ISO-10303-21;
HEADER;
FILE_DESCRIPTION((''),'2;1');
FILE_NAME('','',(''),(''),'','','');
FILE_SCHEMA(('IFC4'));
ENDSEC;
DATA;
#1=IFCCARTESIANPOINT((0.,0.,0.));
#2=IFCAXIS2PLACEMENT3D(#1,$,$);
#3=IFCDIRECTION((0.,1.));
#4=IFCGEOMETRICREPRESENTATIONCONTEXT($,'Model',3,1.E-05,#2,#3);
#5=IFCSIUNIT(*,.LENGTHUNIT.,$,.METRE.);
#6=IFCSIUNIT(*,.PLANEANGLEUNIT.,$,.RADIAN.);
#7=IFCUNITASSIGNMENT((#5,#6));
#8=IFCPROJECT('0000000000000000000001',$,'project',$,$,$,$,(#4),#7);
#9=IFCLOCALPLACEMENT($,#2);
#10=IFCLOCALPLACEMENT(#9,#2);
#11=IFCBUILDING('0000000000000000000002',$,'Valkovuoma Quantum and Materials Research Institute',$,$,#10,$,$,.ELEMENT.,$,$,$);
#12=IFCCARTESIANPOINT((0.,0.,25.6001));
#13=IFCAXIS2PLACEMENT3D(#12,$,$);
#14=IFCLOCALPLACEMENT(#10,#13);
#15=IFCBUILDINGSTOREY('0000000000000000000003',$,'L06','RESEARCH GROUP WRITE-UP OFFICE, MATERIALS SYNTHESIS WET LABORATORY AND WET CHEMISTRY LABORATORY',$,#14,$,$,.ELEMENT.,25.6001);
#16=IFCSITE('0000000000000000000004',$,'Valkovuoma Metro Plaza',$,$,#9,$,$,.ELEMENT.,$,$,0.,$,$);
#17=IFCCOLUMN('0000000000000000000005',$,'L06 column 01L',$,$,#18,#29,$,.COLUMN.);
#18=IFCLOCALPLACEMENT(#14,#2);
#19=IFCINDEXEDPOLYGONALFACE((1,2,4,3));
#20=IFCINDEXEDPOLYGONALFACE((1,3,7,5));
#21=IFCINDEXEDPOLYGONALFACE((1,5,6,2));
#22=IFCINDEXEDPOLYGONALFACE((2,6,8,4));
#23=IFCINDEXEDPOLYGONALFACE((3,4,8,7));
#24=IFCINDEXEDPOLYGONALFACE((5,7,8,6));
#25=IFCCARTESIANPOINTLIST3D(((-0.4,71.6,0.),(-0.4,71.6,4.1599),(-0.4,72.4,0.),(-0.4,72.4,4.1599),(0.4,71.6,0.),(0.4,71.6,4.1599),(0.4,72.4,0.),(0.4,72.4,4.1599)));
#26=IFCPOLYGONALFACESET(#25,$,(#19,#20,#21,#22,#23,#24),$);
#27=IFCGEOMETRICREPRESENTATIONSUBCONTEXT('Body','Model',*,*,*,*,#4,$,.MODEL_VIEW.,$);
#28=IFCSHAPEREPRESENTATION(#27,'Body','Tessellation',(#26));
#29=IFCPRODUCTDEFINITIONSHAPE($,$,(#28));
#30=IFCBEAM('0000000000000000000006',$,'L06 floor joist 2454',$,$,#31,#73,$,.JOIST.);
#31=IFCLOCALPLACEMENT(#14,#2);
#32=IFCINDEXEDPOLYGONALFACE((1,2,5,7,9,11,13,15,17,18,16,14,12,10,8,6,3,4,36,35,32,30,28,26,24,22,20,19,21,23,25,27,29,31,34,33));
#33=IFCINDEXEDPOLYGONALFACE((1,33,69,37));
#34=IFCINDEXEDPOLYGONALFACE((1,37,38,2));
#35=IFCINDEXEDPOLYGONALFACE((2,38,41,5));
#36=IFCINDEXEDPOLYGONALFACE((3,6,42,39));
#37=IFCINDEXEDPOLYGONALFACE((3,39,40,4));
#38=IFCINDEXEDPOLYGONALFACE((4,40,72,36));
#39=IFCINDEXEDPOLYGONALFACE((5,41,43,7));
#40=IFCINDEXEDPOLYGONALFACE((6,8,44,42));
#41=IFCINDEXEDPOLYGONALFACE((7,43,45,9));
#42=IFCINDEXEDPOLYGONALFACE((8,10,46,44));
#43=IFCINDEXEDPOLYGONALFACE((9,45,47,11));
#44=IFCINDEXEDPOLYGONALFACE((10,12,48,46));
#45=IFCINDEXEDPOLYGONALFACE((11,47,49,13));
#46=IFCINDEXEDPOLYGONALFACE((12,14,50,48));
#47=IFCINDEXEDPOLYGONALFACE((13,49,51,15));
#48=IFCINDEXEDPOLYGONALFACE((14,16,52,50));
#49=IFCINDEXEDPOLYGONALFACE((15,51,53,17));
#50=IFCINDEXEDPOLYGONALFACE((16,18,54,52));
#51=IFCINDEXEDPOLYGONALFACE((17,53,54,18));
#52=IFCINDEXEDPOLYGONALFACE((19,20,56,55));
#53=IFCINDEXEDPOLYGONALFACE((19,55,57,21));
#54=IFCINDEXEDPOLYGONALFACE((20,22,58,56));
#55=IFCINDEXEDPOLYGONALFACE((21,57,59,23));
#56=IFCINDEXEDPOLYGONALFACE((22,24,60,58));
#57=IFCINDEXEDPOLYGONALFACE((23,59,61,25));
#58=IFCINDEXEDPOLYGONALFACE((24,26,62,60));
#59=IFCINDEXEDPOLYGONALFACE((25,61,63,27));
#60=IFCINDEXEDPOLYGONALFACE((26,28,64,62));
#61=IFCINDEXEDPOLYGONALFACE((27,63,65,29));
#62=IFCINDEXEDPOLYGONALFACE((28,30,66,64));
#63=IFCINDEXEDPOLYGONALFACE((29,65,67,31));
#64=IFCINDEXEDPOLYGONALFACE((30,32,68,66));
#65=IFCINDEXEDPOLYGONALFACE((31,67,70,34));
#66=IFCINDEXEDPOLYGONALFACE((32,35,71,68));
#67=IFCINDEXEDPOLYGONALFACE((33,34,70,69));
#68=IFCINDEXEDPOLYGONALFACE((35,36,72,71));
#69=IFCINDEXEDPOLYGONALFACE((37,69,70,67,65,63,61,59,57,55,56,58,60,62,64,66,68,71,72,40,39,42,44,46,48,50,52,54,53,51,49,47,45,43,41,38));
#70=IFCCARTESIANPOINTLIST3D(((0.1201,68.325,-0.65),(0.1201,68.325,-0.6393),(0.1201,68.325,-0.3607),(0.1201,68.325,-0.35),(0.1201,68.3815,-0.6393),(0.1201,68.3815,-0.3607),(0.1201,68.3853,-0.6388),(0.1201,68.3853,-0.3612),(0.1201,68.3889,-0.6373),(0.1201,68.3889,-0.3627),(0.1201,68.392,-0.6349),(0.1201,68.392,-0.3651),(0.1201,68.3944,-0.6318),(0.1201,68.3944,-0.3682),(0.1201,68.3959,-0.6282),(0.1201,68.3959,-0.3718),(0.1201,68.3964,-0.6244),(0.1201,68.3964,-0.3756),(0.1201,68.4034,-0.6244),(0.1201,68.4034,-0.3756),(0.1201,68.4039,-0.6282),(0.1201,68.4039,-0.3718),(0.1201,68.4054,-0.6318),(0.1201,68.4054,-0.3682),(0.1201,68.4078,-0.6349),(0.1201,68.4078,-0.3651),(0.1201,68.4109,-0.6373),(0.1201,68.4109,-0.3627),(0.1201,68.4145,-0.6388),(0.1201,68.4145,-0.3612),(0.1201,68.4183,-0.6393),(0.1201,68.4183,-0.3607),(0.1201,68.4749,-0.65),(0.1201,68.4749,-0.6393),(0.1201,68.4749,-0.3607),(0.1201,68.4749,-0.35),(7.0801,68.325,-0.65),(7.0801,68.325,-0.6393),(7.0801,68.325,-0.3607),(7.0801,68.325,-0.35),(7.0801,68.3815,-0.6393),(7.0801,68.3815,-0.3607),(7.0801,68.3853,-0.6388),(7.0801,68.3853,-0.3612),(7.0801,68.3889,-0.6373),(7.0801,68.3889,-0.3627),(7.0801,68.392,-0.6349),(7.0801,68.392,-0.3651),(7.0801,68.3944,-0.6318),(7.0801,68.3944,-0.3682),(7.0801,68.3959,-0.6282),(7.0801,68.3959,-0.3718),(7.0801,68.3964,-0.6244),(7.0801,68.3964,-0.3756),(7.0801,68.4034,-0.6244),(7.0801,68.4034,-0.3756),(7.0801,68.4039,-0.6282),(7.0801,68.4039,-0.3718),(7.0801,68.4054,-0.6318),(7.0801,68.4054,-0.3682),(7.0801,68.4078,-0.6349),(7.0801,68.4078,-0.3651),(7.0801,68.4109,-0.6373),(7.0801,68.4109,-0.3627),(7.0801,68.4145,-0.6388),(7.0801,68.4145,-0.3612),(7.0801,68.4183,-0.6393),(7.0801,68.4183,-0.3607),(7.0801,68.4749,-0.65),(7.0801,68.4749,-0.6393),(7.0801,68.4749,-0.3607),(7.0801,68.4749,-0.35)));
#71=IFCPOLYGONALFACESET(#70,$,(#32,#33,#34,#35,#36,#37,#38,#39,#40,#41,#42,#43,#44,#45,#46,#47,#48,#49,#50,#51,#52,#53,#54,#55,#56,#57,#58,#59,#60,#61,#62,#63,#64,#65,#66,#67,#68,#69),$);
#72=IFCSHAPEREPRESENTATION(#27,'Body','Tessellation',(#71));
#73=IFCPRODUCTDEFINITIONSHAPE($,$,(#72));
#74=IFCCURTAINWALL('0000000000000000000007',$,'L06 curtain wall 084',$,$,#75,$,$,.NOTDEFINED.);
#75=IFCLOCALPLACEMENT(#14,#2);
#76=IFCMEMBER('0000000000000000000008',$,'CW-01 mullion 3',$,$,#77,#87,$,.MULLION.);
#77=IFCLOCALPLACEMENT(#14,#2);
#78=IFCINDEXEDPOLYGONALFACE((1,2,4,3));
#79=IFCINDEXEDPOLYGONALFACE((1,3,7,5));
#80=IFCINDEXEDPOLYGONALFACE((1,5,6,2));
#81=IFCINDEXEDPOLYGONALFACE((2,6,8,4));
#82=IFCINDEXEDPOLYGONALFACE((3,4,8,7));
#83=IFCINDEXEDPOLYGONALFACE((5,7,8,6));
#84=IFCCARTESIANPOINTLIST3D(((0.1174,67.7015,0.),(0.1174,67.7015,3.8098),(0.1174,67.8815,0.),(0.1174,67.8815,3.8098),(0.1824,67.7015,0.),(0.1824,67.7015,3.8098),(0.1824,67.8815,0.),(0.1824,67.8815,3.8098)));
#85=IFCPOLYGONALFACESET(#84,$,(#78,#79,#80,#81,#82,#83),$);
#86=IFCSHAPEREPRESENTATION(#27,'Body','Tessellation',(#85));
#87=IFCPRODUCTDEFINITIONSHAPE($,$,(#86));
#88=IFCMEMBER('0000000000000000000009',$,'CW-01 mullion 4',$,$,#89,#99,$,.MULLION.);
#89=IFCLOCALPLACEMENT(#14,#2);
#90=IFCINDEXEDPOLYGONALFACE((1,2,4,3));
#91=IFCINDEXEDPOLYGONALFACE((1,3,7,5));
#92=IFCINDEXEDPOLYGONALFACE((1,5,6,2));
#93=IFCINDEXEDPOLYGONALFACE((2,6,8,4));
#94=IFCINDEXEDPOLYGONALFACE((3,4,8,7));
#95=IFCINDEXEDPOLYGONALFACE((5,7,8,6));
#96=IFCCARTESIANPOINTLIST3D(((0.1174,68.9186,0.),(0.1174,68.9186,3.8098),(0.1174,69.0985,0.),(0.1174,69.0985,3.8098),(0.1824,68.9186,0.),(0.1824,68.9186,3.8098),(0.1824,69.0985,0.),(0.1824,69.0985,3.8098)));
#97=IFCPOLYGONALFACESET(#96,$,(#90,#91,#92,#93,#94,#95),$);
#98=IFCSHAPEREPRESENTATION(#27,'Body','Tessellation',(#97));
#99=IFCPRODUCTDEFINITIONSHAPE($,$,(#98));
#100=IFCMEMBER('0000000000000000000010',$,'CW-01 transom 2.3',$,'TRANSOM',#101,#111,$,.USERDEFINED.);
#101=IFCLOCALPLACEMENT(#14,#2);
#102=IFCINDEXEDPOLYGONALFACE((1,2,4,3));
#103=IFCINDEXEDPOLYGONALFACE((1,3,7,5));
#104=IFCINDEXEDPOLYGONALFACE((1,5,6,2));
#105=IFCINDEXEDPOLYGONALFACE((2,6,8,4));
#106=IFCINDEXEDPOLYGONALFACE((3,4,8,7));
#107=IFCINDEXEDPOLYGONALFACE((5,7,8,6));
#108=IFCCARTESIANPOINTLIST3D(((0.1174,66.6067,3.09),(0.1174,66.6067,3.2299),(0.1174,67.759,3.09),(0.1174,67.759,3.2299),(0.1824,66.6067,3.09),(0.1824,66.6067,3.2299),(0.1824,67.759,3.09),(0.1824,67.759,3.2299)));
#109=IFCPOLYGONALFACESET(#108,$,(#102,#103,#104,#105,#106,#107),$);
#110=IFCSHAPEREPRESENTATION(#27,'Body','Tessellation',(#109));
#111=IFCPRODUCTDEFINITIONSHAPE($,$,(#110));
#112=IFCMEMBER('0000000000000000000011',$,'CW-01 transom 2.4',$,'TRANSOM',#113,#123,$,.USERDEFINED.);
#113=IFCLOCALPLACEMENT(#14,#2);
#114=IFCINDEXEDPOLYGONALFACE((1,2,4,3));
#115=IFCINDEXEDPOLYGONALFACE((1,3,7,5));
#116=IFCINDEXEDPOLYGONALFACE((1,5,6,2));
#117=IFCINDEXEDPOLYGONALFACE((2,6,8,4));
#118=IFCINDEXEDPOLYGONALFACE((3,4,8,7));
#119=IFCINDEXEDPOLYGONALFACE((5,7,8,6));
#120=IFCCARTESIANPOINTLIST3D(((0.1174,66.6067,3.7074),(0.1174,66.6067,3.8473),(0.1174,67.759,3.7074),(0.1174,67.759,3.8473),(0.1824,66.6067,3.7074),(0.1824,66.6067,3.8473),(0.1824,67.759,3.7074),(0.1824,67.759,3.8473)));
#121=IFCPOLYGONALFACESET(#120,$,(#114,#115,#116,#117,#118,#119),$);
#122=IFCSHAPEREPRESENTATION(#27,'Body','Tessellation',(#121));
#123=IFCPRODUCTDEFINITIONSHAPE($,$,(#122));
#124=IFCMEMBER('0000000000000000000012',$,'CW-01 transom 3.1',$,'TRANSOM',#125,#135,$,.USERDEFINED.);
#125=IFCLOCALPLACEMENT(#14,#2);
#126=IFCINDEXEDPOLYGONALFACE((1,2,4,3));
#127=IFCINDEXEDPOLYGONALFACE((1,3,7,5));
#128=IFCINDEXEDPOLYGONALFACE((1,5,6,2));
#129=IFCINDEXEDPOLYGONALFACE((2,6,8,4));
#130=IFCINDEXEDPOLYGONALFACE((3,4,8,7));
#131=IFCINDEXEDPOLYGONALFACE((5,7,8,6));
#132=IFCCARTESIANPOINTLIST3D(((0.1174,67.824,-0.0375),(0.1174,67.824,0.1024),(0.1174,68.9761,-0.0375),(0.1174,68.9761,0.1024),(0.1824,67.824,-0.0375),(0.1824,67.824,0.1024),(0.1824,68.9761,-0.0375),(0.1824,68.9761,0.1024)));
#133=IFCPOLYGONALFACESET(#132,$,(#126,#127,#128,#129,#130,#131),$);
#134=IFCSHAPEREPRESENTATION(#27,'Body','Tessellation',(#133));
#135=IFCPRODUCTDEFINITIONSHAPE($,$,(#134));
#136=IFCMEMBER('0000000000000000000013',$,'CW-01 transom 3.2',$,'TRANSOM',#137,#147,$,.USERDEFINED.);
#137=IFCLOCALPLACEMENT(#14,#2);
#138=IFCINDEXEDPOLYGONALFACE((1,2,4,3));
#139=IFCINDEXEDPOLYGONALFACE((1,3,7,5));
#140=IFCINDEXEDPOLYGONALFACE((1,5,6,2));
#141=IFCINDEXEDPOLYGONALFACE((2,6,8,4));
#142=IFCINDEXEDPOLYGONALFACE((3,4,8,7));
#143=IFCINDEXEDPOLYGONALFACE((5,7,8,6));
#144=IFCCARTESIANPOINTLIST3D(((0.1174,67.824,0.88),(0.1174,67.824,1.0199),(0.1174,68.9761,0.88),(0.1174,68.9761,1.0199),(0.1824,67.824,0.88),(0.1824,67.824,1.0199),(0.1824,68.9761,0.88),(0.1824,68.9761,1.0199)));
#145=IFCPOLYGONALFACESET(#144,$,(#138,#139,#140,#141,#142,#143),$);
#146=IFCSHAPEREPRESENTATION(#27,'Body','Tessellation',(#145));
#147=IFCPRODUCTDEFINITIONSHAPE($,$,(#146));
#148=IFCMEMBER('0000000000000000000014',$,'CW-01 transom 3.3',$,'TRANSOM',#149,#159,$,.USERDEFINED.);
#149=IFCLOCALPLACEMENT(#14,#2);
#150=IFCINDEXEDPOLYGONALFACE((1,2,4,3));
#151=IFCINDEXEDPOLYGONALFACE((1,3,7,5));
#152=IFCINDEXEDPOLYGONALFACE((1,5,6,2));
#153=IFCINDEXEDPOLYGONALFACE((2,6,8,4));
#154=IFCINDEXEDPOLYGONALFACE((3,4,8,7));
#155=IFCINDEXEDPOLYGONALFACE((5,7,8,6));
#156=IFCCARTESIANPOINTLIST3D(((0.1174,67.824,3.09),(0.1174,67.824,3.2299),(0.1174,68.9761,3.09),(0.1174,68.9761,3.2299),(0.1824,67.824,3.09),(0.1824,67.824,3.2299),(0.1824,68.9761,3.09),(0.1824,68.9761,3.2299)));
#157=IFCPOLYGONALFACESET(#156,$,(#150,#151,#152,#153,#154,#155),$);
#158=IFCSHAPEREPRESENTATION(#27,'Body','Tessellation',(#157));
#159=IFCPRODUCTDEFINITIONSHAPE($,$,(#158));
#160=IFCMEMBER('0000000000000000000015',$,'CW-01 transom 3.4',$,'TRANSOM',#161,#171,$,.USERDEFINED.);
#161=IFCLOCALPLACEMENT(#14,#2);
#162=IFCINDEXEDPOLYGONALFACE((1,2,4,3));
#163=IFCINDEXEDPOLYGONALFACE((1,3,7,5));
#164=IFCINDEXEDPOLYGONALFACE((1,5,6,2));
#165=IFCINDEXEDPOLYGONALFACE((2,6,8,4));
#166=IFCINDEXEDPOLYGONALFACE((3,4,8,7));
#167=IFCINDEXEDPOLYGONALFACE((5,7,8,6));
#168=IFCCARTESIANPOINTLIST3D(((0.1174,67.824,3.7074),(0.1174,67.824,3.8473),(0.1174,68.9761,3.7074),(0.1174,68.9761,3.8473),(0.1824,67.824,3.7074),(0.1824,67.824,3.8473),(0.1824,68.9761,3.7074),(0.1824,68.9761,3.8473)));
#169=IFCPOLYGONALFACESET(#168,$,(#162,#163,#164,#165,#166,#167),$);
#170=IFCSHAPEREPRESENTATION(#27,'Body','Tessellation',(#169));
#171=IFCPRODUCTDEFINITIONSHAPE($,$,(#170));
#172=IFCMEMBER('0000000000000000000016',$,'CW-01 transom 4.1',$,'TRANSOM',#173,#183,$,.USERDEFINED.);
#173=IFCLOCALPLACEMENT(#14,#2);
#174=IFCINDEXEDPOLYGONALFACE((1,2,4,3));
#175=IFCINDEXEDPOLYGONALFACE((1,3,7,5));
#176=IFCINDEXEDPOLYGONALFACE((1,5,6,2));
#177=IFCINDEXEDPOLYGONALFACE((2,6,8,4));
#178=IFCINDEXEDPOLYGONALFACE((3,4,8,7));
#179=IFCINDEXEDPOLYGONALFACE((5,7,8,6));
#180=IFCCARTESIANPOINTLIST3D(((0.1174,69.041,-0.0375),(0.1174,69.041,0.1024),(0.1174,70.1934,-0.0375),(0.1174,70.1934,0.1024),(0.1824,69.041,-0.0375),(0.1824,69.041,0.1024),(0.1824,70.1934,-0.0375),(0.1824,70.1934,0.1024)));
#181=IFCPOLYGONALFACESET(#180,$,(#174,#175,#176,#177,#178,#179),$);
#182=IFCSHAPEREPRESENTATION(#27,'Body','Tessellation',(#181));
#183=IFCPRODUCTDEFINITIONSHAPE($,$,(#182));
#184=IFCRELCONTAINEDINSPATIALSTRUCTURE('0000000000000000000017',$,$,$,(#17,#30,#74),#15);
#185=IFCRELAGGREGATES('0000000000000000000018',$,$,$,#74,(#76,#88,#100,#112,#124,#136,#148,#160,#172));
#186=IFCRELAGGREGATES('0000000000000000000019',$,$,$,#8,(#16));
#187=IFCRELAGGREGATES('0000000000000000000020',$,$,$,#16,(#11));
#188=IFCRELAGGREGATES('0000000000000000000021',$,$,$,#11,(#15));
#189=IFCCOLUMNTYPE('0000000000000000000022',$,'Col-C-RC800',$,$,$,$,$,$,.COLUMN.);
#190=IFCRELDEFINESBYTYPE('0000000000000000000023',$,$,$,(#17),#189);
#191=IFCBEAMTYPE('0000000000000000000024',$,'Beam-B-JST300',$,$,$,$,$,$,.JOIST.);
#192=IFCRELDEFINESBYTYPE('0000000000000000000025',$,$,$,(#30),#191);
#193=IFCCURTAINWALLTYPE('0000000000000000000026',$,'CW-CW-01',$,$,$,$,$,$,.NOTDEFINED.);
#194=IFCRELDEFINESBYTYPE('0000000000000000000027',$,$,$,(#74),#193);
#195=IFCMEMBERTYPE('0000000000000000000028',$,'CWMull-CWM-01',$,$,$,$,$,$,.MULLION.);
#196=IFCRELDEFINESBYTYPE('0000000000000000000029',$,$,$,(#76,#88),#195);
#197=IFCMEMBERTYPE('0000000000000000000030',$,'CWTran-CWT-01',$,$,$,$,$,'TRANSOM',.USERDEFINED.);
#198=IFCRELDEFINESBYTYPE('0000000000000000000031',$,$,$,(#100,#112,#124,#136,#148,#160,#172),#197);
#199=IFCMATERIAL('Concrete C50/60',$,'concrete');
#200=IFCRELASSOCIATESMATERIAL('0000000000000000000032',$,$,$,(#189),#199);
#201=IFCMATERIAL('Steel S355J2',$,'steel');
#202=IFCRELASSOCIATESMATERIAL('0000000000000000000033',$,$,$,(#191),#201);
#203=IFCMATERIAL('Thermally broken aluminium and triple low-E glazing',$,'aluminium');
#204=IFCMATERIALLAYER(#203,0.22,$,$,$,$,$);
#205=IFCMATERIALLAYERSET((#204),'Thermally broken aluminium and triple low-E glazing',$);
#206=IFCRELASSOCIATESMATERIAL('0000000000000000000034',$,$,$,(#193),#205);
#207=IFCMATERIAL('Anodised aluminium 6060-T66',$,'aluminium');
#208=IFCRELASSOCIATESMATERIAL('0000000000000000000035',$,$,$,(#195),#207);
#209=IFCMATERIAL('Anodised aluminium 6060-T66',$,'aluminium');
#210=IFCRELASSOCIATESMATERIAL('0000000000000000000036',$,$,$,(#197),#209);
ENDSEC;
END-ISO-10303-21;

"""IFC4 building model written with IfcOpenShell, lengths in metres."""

from ifc_helpers import new_model, si_unit, direction, frame, origin, origin_2d, place, context, subcontext, project, spatial, rectangle, i_section, extrude, material, layer, layer_set, material_profile, profile_set, type_object, element, aggregate, save


model = new_model("IFC4")

# Units and contexts
model_context = context("Model", 3, precision=1e-05, world=origin(), true_north=direction((0.0, 1.0)))
body_context = subcontext(model_context, "Body", "Model", "MODEL_VIEW")
ifc_project = project(units=[si_unit("LENGTHUNIT", "METRE"), si_unit("PLANEANGLEUNIT", "RADIAN")], contexts=[model_context])

# Site, building, storey
site_placement = place(None, origin())
site = spatial("IfcSite", under=ifc_project, at=site_placement, Name="Valkovuoma Metro Plaza", CompositionType="ELEMENT", RefElevation=0.0)
building_placement = place(site_placement, origin())
building = spatial("IfcBuilding", under=site, at=building_placement, Name="Valkovuoma Quantum and Materials Research Institute", CompositionType="ELEMENT")
storey_placement = place(building_placement, frame((0.0, 0.0, 25.6001)))
storey = spatial("IfcBuildingStorey", under=building, at=storey_placement, Name="L06", Description="RESEARCH GROUP WRITE-UP OFFICE, MATERIALS SYNTHESIS WET LABORATORY AND WET CHEMISTRY LABORATORY", CompositionType="ELEMENT", Elevation=25.6001)

# Column
ifc_material_1 = material(Name="Concrete C50/60", Category="concrete")
ifc_material_profile_1 = material_profile(ifc_material_1, rectangle(XDim=0.8, YDim=0.8, at=origin_2d()), Name="Concrete C50/60")
ifc_profile_set_1 = profile_set([ifc_material_profile_1], Name="Concrete C50/60")
column_type = type_object("IfcColumnType", Name="Col-C-RC800", PredefinedType="COLUMN", material=ifc_profile_set_1)
column_placement = place(storey_placement, frame((0.0, 72.0, 0.0), z_axis=(0.0, 0.0, 1.0), x_axis=(1.0, 0.0, 0.0)))
element("IfcColumn", 1, at=column_placement, inside=storey, type_object=column_type, Name="L06 column 01L", PredefinedType="COLUMN", context=body_context, shape_type="SweptSolid", body=[
    extrude(rectangle(XDim=0.8, YDim=0.8, at=origin_2d()), origin(), (0.0, 0.0, 1.0), 4.1599),
])

# Beam
ifc_material_2 = material(Name="Steel S355J2", Category="steel")
ifc_material_profile_2 = material_profile(ifc_material_2, i_section(OverallWidth=0.1499, OverallDepth=0.3, WebThickness=0.0071, FlangeThickness=0.0107, FilletRadius=0.0149, at=origin_2d()), Name="Steel S355J2")
ifc_profile_set_2 = profile_set([ifc_material_profile_2], Name="Steel S355J2")
beam_type = type_object("IfcBeamType", Name="Beam-B-JST300", PredefinedType="JOIST", material=ifc_profile_set_2)
beam_placement = place(storey_placement, frame((0.1201, 68.3999, -0.5), z_axis=(1.0, 0.0, 0.0), x_axis=(0.0, 1.0, 0.0)))
element("IfcBeam", 2, at=beam_placement, inside=storey, type_object=beam_type, Name="L06 floor joist 2454", PredefinedType="JOIST", context=body_context, shape_type="SweptSolid", body=[
    extrude(i_section(OverallWidth=0.1499, OverallDepth=0.3, WebThickness=0.0071, FlangeThickness=0.0107, FilletRadius=0.0149, at=origin_2d()), origin(), (0.0, 0.0, 1.0), 6.96),
])

# Curtain wall, members
ifc_material_3 = material(Name="Thermally broken aluminium and triple low-E glazing", Category="aluminium")
ifc_layer_1 = layer(ifc_material_3, 0.22)
ifc_layer_set_1 = layer_set([ifc_layer_1], Name="Thermally broken aluminium and triple low-E glazing")
curtain_wall_type = type_object("IfcCurtainWallType", Name="CW-CW-01", PredefinedType="NOTDEFINED", material=ifc_layer_set_1)
curtain_wall_placement = place(storey_placement, origin())
curtain_wall = element("IfcCurtainWall", 3, at=curtain_wall_placement, inside=storey, type_object=curtain_wall_type, Name="L06 curtain wall 084", PredefinedType="NOTDEFINED")
ifc_material_4 = material(Name="Anodised aluminium 6060-T66", Category="aluminium")
ifc_material_profile_3 = material_profile(ifc_material_4, rectangle(XDim=0.0649, YDim=0.1799, at=origin_2d()), Name="Anodised aluminium 6060-T66")
ifc_profile_set_3 = profile_set([ifc_material_profile_3], Name="Anodised aluminium 6060-T66")
member_type_1 = type_object("IfcMemberType", Name="CWMull-CWM-01", PredefinedType="MULLION", material=ifc_profile_set_3)
member_1_placement = place(storey_placement, frame((0.1499, 67.7915, 0.0), z_axis=(0.0, 0.0, 1.0), x_axis=(-1.0, 0.0, 0.0)))
member_1 = element("IfcMember", 4, at=member_1_placement, type_object=member_type_1, Name="CW-01 mullion 3", PredefinedType="MULLION", context=body_context, shape_type="SweptSolid", body=[
    extrude(rectangle(XDim=0.0649, YDim=0.1799, at=origin_2d()), origin(), (0.0, 0.0, 1.0), 3.8098),
])
member_2_placement = place(storey_placement, frame((0.1499, 69.0085, 0.0), z_axis=(0.0, 0.0, 1.0), x_axis=(-1.0, 0.0, 0.0)))
member_2 = element("IfcMember", 5, at=member_2_placement, type_object=member_type_1, Name="CW-01 mullion 4", PredefinedType="MULLION", context=body_context, shape_type="SweptSolid", body=[
    extrude(rectangle(XDim=0.0649, YDim=0.1799, at=origin_2d()), origin(), (0.0, 0.0, 1.0), 3.8098),
])
ifc_material_5 = material(Name="Anodised aluminium 6060-T66", Category="aluminium")
ifc_material_profile_4 = material_profile(ifc_material_5, rectangle(XDim=0.0649, YDim=0.1399, at=origin_2d()), Name="Anodised aluminium 6060-T66")
ifc_profile_set_4 = profile_set([ifc_material_profile_4], Name="Anodised aluminium 6060-T66")
member_type_2 = type_object("IfcMemberType", Name="CWTran-CWT-01", ElementType="TRANSOM", PredefinedType="USERDEFINED", material=ifc_profile_set_4)
member_3_placement = place(storey_placement, frame((0.1499, 66.6067, 3.1599), z_axis=(0.0, 1.0, 0.0), x_axis=(-1.0, 0.0, 0.0)))
member_3 = element("IfcMember", 6, at=member_3_placement, type_object=member_type_2, Name="CW-01 transom 2.3", ObjectType="TRANSOM", PredefinedType="USERDEFINED", context=body_context, shape_type="SweptSolid", body=[
    extrude(rectangle(XDim=0.0649, YDim=0.1399, at=origin_2d()), origin(), (0.0, 0.0, 1.0), 1.1523),
])
member_4_placement = place(storey_placement, frame((0.1499, 66.6067, 3.7773), z_axis=(0.0, 1.0, 0.0), x_axis=(-1.0, 0.0, 0.0)))
member_4 = element("IfcMember", 7, at=member_4_placement, type_object=member_type_2, Name="CW-01 transom 2.4", ObjectType="TRANSOM", PredefinedType="USERDEFINED", context=body_context, shape_type="SweptSolid", body=[
    extrude(rectangle(XDim=0.0649, YDim=0.1399, at=origin_2d()), origin(), (0.0, 0.0, 1.0), 1.1523),
])
member_5_placement = place(storey_placement, frame((0.1499, 67.824, 0.0325), z_axis=(0.0, 1.0, 0.0), x_axis=(-1.0, 0.0, 0.0)))
member_5 = element("IfcMember", 8, at=member_5_placement, type_object=member_type_2, Name="CW-01 transom 3.1", ObjectType="TRANSOM", PredefinedType="USERDEFINED", context=body_context, shape_type="SweptSolid", body=[
    extrude(rectangle(XDim=0.0649, YDim=0.1399, at=origin_2d()), origin(), (0.0, 0.0, 1.0), 1.1521),
])
member_6_placement = place(storey_placement, frame((0.1499, 67.824, 0.95), z_axis=(0.0, 1.0, 0.0), x_axis=(-1.0, 0.0, 0.0)))
member_6 = element("IfcMember", 9, at=member_6_placement, type_object=member_type_2, Name="CW-01 transom 3.2", ObjectType="TRANSOM", PredefinedType="USERDEFINED", context=body_context, shape_type="SweptSolid", body=[
    extrude(rectangle(XDim=0.0649, YDim=0.1399, at=origin_2d()), origin(), (0.0, 0.0, 1.0), 1.1521),
])
member_7_placement = place(storey_placement, frame((0.1499, 67.824, 3.1599), z_axis=(0.0, 1.0, 0.0), x_axis=(-1.0, 0.0, 0.0)))
member_7 = element("IfcMember", 10, at=member_7_placement, type_object=member_type_2, Name="CW-01 transom 3.3", ObjectType="TRANSOM", PredefinedType="USERDEFINED", context=body_context, shape_type="SweptSolid", body=[
    extrude(rectangle(XDim=0.0649, YDim=0.1399, at=origin_2d()), origin(), (0.0, 0.0, 1.0), 1.1521),
])
member_8_placement = place(storey_placement, frame((0.1499, 67.824, 3.7773), z_axis=(0.0, 1.0, 0.0), x_axis=(-1.0, 0.0, 0.0)))
member_8 = element("IfcMember", 11, at=member_8_placement, type_object=member_type_2, Name="CW-01 transom 3.4", ObjectType="TRANSOM", PredefinedType="USERDEFINED", context=body_context, shape_type="SweptSolid", body=[
    extrude(rectangle(XDim=0.0649, YDim=0.1399, at=origin_2d()), origin(), (0.0, 0.0, 1.0), 1.1521),
])
member_9_placement = place(storey_placement, frame((0.1499, 69.041, 0.0325), z_axis=(0.0, 1.0, 0.0), x_axis=(-1.0, 0.0, 0.0)))
member_9 = element("IfcMember", 12, at=member_9_placement, type_object=member_type_2, Name="CW-01 transom 4.1", ObjectType="TRANSOM", PredefinedType="USERDEFINED", context=body_context, shape_type="SweptSolid", body=[
    extrude(rectangle(XDim=0.0649, YDim=0.1399, at=origin_2d()), origin(), (0.0, 0.0, 1.0), 1.1523),
])
aggregate(curtain_wall, [member_1, member_2, member_3, member_4, member_5, member_6, member_7, member_8, member_9])

save(model, "model.ifc")
